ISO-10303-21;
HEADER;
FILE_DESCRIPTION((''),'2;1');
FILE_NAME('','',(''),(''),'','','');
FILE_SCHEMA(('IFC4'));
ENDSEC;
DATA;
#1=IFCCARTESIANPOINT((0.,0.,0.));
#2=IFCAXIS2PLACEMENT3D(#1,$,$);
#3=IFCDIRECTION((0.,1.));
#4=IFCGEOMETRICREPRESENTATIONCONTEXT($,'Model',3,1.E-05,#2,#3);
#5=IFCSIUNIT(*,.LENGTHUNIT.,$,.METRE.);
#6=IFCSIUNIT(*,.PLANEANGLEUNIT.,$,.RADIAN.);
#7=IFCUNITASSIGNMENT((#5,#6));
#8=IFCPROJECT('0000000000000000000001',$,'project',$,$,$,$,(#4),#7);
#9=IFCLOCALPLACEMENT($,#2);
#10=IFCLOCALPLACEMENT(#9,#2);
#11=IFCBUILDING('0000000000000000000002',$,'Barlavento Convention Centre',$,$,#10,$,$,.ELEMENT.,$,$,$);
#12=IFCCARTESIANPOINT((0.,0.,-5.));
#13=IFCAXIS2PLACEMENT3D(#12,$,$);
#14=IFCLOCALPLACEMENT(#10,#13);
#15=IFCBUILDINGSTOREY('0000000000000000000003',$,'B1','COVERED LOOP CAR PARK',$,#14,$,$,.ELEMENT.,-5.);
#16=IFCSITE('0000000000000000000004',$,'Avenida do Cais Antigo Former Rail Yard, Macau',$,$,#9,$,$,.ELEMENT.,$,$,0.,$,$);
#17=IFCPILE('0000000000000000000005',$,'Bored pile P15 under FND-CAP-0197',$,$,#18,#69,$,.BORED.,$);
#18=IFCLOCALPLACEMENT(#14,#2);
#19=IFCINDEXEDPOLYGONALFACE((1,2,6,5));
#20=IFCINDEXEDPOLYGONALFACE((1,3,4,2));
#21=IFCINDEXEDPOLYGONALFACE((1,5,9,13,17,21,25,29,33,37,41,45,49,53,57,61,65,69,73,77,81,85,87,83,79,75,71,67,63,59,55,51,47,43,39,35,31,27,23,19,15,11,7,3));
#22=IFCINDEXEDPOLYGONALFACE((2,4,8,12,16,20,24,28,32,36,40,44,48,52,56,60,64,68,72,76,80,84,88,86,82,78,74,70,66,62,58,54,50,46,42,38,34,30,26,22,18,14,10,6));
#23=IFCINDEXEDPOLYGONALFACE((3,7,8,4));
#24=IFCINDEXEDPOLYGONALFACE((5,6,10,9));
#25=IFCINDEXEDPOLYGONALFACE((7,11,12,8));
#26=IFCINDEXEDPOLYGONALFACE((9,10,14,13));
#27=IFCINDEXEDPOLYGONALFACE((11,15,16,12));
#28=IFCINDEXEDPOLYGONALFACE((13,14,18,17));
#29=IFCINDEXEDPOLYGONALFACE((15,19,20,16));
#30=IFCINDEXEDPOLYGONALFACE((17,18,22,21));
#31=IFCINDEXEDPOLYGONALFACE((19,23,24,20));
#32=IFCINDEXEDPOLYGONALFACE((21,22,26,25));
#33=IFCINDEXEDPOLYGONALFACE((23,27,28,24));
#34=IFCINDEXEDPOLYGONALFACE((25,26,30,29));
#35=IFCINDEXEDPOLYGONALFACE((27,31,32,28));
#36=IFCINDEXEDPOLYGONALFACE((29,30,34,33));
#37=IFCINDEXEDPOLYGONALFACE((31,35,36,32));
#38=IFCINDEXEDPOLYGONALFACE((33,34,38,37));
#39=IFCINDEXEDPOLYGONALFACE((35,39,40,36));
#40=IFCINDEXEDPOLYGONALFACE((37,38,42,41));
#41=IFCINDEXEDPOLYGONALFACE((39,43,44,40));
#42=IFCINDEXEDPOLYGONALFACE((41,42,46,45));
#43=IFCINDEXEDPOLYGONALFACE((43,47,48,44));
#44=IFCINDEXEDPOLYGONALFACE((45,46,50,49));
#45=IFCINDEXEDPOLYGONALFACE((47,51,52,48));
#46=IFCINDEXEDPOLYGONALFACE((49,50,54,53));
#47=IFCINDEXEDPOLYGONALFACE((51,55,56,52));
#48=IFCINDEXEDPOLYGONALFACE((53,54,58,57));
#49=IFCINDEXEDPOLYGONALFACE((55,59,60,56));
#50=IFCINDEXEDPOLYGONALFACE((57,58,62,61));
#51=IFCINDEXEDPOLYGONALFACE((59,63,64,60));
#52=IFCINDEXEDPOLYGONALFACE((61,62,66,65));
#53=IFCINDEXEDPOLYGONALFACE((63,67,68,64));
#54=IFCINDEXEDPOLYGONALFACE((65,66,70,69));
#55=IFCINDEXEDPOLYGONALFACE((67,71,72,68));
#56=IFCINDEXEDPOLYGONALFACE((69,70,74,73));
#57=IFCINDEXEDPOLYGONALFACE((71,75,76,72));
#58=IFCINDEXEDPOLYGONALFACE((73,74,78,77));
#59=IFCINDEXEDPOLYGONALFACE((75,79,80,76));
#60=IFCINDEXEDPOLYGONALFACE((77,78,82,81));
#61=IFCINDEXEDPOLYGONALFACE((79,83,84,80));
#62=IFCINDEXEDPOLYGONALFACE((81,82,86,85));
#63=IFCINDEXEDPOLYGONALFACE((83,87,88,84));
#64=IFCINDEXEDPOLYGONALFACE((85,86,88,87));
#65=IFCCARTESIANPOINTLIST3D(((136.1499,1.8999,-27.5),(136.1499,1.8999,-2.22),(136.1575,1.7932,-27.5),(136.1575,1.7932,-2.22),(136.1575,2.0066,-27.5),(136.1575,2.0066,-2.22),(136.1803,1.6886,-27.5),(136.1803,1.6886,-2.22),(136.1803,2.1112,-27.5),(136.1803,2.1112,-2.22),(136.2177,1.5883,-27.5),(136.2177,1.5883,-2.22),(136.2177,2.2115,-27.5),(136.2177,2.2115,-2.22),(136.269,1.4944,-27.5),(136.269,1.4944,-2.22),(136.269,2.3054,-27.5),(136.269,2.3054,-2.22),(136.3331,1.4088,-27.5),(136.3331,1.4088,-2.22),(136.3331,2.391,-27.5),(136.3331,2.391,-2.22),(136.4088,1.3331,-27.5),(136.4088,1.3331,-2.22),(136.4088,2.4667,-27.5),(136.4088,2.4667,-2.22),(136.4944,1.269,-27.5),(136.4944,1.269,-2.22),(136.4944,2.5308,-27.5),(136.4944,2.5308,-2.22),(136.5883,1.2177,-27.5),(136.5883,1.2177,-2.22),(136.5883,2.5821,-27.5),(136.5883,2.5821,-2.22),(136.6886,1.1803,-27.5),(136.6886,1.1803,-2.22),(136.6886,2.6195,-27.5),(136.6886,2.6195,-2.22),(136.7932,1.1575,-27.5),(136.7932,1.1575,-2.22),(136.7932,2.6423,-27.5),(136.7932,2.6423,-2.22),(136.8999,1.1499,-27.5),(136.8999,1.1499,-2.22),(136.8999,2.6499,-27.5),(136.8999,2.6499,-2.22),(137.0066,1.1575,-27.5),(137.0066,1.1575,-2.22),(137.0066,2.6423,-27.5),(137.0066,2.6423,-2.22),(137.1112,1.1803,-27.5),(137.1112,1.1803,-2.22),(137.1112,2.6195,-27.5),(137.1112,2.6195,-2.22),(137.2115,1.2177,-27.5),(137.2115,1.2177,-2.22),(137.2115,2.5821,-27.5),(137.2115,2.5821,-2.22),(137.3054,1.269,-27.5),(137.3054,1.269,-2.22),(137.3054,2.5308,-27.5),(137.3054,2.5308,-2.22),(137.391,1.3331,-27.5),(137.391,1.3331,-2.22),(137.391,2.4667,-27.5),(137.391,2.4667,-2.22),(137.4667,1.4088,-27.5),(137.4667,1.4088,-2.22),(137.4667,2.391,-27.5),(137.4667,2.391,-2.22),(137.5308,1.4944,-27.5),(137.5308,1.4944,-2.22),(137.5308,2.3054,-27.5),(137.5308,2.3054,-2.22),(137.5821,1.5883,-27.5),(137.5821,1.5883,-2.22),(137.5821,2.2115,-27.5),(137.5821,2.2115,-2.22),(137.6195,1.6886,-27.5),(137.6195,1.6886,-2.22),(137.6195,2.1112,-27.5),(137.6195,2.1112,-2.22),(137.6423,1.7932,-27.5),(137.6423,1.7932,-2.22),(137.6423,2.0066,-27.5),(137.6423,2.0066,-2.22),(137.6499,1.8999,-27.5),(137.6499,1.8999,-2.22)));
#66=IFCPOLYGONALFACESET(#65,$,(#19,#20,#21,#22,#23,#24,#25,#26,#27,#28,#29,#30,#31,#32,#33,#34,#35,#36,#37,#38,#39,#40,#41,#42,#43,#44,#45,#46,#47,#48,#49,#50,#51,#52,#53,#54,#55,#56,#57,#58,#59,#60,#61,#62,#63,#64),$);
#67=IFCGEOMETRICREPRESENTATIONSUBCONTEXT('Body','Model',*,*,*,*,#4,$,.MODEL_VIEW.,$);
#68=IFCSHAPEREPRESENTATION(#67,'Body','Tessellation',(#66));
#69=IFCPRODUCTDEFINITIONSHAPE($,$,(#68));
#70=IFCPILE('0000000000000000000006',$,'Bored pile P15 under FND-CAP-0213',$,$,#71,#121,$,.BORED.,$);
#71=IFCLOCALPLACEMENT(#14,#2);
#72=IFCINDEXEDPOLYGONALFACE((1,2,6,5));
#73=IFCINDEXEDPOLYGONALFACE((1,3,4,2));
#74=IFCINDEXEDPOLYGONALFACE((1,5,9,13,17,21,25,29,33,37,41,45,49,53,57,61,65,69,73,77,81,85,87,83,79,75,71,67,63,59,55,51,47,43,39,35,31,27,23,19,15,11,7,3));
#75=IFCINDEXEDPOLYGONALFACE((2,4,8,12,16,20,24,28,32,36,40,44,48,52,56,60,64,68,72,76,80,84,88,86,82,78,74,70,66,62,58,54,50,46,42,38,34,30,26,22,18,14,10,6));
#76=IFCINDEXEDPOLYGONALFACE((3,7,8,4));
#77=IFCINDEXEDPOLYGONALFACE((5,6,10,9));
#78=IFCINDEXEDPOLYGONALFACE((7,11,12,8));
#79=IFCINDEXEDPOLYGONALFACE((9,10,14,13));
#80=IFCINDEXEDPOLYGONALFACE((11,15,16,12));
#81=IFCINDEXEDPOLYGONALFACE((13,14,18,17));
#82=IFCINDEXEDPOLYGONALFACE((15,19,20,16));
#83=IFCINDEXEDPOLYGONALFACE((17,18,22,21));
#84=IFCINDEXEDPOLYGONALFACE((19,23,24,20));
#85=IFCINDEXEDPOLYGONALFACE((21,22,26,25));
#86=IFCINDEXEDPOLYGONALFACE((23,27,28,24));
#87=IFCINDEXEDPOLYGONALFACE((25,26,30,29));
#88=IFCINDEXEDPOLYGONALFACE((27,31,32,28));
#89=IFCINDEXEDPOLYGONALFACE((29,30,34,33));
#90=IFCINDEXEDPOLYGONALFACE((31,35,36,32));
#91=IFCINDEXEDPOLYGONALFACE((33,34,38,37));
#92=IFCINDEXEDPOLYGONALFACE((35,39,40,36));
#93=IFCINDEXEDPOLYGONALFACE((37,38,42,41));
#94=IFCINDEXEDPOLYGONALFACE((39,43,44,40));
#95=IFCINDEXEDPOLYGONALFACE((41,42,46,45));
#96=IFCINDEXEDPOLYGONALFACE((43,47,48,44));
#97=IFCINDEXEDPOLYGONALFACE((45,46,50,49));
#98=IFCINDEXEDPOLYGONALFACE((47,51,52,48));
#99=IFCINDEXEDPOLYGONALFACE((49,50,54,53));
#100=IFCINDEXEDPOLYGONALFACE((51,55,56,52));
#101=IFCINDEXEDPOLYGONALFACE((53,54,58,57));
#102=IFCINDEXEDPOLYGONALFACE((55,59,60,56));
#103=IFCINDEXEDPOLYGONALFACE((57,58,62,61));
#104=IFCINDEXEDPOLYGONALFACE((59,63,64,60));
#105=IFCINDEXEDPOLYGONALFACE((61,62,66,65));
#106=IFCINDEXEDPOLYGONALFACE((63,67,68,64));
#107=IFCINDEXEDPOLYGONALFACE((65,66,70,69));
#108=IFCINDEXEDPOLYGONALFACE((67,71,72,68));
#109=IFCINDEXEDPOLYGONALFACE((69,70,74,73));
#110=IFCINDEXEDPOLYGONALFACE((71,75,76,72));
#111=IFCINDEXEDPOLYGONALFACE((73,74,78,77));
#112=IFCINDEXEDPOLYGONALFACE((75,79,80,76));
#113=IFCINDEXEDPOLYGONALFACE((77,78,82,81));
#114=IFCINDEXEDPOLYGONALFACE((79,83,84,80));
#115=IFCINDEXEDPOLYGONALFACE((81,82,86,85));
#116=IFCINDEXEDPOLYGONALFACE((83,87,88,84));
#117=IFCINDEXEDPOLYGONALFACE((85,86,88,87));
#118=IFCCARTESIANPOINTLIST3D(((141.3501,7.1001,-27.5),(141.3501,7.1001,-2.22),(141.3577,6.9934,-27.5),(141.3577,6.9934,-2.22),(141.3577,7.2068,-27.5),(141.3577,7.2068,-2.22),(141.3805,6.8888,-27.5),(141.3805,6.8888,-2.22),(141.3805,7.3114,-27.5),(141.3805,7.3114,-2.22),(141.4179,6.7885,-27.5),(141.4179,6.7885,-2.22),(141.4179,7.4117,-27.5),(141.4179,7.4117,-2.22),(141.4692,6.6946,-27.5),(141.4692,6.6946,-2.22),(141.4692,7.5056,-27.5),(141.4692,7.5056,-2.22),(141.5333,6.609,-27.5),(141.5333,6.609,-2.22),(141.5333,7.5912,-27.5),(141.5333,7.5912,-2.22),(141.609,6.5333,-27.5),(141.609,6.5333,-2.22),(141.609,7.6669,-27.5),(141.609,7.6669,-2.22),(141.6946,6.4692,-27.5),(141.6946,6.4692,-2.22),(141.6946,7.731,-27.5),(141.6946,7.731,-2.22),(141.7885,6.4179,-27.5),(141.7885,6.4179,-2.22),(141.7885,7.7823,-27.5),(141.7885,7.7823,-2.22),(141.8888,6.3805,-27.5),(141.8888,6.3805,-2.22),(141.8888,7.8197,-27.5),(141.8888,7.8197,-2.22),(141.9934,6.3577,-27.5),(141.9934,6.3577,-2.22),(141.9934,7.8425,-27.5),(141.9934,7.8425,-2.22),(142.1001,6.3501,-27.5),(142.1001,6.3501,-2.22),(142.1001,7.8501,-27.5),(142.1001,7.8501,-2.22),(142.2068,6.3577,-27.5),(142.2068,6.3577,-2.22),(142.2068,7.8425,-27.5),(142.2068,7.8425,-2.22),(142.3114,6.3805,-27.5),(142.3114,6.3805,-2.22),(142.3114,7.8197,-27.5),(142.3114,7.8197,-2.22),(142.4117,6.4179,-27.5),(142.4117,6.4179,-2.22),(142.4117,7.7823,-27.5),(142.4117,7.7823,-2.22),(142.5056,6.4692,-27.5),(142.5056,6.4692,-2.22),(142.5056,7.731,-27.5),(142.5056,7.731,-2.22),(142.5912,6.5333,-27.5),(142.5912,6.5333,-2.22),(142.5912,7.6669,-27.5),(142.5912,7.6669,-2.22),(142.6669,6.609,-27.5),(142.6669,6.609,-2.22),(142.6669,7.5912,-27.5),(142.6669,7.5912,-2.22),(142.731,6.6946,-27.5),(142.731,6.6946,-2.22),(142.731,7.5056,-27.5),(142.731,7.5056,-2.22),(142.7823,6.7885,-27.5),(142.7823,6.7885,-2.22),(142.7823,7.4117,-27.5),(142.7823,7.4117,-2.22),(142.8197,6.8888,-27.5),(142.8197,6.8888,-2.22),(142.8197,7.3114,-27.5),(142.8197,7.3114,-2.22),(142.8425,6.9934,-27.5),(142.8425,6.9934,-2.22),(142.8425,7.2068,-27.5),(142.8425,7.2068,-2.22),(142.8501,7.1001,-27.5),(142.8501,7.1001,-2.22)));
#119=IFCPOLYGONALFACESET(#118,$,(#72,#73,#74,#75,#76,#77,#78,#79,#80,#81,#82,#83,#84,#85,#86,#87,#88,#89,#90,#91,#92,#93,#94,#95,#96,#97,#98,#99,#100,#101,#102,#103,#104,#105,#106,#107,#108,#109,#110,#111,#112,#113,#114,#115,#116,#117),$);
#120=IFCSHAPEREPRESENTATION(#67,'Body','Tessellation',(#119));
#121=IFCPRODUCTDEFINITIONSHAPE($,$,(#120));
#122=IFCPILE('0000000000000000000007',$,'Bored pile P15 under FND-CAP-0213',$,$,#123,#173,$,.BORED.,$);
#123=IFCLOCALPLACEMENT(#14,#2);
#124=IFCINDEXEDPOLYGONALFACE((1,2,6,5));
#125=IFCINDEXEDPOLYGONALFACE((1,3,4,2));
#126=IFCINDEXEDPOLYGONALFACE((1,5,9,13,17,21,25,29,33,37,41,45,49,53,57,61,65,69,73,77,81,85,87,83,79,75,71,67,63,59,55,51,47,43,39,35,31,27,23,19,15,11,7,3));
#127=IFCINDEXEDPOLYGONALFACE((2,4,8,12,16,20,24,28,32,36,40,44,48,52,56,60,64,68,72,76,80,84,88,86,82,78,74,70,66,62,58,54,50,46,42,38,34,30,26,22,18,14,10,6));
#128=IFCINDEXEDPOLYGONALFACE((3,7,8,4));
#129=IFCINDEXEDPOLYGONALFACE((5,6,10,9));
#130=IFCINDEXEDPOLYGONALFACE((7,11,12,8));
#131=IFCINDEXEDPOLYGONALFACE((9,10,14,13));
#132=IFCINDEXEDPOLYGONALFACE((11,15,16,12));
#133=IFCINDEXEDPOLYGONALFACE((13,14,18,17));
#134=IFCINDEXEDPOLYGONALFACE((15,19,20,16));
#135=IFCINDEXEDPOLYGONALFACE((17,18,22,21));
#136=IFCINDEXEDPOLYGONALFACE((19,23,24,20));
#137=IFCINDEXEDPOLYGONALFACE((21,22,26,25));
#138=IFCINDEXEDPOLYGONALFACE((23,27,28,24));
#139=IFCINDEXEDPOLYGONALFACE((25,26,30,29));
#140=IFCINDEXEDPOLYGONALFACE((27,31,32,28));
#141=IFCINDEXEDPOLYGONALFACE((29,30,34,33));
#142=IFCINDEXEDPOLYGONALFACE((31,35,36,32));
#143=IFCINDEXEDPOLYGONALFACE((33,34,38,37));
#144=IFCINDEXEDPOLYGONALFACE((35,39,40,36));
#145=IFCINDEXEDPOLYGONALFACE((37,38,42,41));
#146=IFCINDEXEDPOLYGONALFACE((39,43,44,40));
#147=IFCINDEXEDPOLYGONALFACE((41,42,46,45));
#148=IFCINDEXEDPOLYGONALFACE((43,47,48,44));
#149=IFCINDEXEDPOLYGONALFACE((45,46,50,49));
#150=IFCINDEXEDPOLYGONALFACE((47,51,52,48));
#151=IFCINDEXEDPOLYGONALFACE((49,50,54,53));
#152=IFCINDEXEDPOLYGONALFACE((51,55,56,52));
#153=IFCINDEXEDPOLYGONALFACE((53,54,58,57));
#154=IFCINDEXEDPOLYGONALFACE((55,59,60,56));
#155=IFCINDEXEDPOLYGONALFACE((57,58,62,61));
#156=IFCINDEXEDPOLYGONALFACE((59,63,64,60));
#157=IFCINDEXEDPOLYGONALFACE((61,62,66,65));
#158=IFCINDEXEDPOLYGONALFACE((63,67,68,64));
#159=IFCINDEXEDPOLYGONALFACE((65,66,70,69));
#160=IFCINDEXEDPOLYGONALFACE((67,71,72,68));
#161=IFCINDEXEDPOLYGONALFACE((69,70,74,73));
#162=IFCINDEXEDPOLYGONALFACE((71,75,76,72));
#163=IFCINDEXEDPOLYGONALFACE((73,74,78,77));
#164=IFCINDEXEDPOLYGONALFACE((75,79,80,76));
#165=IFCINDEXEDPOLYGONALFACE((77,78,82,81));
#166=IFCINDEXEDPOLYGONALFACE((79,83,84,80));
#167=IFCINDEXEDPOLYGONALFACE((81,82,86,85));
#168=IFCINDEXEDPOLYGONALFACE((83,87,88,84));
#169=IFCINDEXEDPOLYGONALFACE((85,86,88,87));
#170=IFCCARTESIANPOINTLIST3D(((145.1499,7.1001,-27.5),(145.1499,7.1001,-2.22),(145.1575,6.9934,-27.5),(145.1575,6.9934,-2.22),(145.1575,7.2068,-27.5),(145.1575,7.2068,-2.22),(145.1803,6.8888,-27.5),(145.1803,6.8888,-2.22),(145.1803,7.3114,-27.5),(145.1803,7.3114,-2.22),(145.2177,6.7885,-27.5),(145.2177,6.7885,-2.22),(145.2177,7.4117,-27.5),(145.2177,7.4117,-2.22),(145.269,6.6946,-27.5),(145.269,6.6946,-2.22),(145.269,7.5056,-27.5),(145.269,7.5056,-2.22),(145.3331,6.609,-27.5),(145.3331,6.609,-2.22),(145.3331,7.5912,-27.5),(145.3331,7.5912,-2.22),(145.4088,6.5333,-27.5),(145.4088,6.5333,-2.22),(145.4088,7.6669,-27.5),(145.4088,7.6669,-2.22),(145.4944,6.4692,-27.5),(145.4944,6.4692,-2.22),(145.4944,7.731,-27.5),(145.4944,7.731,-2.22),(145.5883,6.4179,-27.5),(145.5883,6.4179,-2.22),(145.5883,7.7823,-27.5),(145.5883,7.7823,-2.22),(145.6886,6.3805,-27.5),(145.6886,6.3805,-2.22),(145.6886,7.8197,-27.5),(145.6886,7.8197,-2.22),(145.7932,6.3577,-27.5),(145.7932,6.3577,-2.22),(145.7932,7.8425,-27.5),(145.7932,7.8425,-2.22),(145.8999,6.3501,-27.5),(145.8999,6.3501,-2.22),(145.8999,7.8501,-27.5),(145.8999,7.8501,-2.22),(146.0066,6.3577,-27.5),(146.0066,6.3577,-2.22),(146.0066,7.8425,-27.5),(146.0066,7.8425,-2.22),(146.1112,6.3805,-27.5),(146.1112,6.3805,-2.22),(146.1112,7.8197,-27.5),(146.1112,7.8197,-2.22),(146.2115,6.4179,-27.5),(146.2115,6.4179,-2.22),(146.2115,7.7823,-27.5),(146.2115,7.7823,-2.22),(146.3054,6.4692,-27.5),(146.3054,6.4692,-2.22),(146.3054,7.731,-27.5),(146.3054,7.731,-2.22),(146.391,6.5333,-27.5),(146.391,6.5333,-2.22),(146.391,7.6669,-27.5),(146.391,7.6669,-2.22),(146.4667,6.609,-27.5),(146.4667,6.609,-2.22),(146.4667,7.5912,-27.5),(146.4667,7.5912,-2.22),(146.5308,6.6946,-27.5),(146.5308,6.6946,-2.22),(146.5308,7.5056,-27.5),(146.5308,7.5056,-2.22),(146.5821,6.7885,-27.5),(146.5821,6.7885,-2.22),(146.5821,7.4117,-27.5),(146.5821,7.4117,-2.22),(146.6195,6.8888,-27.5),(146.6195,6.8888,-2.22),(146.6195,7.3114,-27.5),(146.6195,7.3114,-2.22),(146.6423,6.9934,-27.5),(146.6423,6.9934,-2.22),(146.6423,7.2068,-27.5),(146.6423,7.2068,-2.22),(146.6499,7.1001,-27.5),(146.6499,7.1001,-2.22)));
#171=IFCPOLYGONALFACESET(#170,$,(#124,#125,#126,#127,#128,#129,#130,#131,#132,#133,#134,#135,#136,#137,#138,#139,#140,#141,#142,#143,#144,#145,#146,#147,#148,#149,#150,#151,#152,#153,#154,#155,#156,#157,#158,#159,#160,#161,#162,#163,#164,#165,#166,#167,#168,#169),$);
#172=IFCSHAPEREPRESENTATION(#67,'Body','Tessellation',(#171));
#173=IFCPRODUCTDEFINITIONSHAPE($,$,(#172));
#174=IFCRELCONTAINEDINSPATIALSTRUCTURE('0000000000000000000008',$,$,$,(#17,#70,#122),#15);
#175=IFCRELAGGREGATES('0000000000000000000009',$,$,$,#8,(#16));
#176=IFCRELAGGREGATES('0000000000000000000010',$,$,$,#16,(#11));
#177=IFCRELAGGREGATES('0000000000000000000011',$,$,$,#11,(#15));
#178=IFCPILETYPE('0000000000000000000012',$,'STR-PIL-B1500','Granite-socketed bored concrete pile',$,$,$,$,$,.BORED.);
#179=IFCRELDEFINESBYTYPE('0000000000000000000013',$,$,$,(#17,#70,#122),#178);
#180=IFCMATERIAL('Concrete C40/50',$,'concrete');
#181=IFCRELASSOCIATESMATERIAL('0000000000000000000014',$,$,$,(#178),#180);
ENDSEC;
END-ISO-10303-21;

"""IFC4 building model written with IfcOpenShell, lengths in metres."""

from ifc_helpers import new_model, si_unit, direction, frame, origin, origin_2d, place, context, subcontext, project, spatial, circle, extrude, material, material_profile, profile_set, type_object, element, save


model = new_model("IFC4")

# Units and contexts
model_context = context("Model", 3, precision=1e-05, world=origin(), true_north=direction((0.0, 1.0)))
body_context = subcontext(model_context, "Body", "Model", "MODEL_VIEW")
ifc_project = project(units=[si_unit("LENGTHUNIT", "METRE"), si_unit("PLANEANGLEUNIT", "RADIAN")], contexts=[model_context])

# Site, building, storey
site_placement = place(None, origin())
site = spatial("IfcSite", under=ifc_project, at=site_placement, Name="Avenida do Cais Antigo Former Rail Yard, Macau", CompositionType="ELEMENT", RefElevation=0.0)
building_placement = place(site_placement, origin())
building = spatial("IfcBuilding", under=site, at=building_placement, Name="Barlavento Convention Centre", CompositionType="ELEMENT")
storey_placement = place(building_placement, frame((0.0, 0.0, -5.0)))
storey = spatial("IfcBuildingStorey", under=building, at=storey_placement, Name="B1", Description="COVERED LOOP CAR PARK", CompositionType="ELEMENT", Elevation=-5.0)

# Shared definitions
ifc_material_1 = material(Name="Concrete C40/50", Category="concrete")

# Piles
ifc_material_profile_1 = material_profile(ifc_material_1, circle(Radius=0.75, at=origin_2d()), Name="BORED PILE 1500")
ifc_profile_set_1 = profile_set([ifc_material_profile_1], Name="Concrete C40/50")
pile_type_1 = type_object("IfcPileType", Name="STR-PIL-B1500", Description="Granite-socketed bored concrete pile", PredefinedType="BORED", material=ifc_profile_set_1)
for number, where, z_axis, x_axis, name in (
    (1, (136.8999, 1.8999, -2.22), (0.0, 0.0, -1.0), (1.0, 0.0, 0.0), "Bored pile P15 under FND-CAP-0197"),
    (2, (142.1001, 7.1001, -2.22), (0.0, 0.0, -1.0), (1.0, 0.0, 0.0), "Bored pile P15 under FND-CAP-0213"),
    (3, (145.8999, 7.1001, -2.22), (0.0, 0.0, -1.0), (1.0, 0.0, 0.0), "Bored pile P15 under FND-CAP-0213"),
):
    element("IfcPile", number, at=place(storey_placement, frame(where, z_axis=z_axis, x_axis=x_axis)), inside=storey, type_object=pile_type_1, Name=name, PredefinedType="BORED", context=body_context, shape_type="SweptSolid", body=[
        extrude(circle(Radius=0.75, at=origin_2d()), origin(), (0.0, 0.0, 1.0), 25.28),
    ])

save(model, "model.ifc")
